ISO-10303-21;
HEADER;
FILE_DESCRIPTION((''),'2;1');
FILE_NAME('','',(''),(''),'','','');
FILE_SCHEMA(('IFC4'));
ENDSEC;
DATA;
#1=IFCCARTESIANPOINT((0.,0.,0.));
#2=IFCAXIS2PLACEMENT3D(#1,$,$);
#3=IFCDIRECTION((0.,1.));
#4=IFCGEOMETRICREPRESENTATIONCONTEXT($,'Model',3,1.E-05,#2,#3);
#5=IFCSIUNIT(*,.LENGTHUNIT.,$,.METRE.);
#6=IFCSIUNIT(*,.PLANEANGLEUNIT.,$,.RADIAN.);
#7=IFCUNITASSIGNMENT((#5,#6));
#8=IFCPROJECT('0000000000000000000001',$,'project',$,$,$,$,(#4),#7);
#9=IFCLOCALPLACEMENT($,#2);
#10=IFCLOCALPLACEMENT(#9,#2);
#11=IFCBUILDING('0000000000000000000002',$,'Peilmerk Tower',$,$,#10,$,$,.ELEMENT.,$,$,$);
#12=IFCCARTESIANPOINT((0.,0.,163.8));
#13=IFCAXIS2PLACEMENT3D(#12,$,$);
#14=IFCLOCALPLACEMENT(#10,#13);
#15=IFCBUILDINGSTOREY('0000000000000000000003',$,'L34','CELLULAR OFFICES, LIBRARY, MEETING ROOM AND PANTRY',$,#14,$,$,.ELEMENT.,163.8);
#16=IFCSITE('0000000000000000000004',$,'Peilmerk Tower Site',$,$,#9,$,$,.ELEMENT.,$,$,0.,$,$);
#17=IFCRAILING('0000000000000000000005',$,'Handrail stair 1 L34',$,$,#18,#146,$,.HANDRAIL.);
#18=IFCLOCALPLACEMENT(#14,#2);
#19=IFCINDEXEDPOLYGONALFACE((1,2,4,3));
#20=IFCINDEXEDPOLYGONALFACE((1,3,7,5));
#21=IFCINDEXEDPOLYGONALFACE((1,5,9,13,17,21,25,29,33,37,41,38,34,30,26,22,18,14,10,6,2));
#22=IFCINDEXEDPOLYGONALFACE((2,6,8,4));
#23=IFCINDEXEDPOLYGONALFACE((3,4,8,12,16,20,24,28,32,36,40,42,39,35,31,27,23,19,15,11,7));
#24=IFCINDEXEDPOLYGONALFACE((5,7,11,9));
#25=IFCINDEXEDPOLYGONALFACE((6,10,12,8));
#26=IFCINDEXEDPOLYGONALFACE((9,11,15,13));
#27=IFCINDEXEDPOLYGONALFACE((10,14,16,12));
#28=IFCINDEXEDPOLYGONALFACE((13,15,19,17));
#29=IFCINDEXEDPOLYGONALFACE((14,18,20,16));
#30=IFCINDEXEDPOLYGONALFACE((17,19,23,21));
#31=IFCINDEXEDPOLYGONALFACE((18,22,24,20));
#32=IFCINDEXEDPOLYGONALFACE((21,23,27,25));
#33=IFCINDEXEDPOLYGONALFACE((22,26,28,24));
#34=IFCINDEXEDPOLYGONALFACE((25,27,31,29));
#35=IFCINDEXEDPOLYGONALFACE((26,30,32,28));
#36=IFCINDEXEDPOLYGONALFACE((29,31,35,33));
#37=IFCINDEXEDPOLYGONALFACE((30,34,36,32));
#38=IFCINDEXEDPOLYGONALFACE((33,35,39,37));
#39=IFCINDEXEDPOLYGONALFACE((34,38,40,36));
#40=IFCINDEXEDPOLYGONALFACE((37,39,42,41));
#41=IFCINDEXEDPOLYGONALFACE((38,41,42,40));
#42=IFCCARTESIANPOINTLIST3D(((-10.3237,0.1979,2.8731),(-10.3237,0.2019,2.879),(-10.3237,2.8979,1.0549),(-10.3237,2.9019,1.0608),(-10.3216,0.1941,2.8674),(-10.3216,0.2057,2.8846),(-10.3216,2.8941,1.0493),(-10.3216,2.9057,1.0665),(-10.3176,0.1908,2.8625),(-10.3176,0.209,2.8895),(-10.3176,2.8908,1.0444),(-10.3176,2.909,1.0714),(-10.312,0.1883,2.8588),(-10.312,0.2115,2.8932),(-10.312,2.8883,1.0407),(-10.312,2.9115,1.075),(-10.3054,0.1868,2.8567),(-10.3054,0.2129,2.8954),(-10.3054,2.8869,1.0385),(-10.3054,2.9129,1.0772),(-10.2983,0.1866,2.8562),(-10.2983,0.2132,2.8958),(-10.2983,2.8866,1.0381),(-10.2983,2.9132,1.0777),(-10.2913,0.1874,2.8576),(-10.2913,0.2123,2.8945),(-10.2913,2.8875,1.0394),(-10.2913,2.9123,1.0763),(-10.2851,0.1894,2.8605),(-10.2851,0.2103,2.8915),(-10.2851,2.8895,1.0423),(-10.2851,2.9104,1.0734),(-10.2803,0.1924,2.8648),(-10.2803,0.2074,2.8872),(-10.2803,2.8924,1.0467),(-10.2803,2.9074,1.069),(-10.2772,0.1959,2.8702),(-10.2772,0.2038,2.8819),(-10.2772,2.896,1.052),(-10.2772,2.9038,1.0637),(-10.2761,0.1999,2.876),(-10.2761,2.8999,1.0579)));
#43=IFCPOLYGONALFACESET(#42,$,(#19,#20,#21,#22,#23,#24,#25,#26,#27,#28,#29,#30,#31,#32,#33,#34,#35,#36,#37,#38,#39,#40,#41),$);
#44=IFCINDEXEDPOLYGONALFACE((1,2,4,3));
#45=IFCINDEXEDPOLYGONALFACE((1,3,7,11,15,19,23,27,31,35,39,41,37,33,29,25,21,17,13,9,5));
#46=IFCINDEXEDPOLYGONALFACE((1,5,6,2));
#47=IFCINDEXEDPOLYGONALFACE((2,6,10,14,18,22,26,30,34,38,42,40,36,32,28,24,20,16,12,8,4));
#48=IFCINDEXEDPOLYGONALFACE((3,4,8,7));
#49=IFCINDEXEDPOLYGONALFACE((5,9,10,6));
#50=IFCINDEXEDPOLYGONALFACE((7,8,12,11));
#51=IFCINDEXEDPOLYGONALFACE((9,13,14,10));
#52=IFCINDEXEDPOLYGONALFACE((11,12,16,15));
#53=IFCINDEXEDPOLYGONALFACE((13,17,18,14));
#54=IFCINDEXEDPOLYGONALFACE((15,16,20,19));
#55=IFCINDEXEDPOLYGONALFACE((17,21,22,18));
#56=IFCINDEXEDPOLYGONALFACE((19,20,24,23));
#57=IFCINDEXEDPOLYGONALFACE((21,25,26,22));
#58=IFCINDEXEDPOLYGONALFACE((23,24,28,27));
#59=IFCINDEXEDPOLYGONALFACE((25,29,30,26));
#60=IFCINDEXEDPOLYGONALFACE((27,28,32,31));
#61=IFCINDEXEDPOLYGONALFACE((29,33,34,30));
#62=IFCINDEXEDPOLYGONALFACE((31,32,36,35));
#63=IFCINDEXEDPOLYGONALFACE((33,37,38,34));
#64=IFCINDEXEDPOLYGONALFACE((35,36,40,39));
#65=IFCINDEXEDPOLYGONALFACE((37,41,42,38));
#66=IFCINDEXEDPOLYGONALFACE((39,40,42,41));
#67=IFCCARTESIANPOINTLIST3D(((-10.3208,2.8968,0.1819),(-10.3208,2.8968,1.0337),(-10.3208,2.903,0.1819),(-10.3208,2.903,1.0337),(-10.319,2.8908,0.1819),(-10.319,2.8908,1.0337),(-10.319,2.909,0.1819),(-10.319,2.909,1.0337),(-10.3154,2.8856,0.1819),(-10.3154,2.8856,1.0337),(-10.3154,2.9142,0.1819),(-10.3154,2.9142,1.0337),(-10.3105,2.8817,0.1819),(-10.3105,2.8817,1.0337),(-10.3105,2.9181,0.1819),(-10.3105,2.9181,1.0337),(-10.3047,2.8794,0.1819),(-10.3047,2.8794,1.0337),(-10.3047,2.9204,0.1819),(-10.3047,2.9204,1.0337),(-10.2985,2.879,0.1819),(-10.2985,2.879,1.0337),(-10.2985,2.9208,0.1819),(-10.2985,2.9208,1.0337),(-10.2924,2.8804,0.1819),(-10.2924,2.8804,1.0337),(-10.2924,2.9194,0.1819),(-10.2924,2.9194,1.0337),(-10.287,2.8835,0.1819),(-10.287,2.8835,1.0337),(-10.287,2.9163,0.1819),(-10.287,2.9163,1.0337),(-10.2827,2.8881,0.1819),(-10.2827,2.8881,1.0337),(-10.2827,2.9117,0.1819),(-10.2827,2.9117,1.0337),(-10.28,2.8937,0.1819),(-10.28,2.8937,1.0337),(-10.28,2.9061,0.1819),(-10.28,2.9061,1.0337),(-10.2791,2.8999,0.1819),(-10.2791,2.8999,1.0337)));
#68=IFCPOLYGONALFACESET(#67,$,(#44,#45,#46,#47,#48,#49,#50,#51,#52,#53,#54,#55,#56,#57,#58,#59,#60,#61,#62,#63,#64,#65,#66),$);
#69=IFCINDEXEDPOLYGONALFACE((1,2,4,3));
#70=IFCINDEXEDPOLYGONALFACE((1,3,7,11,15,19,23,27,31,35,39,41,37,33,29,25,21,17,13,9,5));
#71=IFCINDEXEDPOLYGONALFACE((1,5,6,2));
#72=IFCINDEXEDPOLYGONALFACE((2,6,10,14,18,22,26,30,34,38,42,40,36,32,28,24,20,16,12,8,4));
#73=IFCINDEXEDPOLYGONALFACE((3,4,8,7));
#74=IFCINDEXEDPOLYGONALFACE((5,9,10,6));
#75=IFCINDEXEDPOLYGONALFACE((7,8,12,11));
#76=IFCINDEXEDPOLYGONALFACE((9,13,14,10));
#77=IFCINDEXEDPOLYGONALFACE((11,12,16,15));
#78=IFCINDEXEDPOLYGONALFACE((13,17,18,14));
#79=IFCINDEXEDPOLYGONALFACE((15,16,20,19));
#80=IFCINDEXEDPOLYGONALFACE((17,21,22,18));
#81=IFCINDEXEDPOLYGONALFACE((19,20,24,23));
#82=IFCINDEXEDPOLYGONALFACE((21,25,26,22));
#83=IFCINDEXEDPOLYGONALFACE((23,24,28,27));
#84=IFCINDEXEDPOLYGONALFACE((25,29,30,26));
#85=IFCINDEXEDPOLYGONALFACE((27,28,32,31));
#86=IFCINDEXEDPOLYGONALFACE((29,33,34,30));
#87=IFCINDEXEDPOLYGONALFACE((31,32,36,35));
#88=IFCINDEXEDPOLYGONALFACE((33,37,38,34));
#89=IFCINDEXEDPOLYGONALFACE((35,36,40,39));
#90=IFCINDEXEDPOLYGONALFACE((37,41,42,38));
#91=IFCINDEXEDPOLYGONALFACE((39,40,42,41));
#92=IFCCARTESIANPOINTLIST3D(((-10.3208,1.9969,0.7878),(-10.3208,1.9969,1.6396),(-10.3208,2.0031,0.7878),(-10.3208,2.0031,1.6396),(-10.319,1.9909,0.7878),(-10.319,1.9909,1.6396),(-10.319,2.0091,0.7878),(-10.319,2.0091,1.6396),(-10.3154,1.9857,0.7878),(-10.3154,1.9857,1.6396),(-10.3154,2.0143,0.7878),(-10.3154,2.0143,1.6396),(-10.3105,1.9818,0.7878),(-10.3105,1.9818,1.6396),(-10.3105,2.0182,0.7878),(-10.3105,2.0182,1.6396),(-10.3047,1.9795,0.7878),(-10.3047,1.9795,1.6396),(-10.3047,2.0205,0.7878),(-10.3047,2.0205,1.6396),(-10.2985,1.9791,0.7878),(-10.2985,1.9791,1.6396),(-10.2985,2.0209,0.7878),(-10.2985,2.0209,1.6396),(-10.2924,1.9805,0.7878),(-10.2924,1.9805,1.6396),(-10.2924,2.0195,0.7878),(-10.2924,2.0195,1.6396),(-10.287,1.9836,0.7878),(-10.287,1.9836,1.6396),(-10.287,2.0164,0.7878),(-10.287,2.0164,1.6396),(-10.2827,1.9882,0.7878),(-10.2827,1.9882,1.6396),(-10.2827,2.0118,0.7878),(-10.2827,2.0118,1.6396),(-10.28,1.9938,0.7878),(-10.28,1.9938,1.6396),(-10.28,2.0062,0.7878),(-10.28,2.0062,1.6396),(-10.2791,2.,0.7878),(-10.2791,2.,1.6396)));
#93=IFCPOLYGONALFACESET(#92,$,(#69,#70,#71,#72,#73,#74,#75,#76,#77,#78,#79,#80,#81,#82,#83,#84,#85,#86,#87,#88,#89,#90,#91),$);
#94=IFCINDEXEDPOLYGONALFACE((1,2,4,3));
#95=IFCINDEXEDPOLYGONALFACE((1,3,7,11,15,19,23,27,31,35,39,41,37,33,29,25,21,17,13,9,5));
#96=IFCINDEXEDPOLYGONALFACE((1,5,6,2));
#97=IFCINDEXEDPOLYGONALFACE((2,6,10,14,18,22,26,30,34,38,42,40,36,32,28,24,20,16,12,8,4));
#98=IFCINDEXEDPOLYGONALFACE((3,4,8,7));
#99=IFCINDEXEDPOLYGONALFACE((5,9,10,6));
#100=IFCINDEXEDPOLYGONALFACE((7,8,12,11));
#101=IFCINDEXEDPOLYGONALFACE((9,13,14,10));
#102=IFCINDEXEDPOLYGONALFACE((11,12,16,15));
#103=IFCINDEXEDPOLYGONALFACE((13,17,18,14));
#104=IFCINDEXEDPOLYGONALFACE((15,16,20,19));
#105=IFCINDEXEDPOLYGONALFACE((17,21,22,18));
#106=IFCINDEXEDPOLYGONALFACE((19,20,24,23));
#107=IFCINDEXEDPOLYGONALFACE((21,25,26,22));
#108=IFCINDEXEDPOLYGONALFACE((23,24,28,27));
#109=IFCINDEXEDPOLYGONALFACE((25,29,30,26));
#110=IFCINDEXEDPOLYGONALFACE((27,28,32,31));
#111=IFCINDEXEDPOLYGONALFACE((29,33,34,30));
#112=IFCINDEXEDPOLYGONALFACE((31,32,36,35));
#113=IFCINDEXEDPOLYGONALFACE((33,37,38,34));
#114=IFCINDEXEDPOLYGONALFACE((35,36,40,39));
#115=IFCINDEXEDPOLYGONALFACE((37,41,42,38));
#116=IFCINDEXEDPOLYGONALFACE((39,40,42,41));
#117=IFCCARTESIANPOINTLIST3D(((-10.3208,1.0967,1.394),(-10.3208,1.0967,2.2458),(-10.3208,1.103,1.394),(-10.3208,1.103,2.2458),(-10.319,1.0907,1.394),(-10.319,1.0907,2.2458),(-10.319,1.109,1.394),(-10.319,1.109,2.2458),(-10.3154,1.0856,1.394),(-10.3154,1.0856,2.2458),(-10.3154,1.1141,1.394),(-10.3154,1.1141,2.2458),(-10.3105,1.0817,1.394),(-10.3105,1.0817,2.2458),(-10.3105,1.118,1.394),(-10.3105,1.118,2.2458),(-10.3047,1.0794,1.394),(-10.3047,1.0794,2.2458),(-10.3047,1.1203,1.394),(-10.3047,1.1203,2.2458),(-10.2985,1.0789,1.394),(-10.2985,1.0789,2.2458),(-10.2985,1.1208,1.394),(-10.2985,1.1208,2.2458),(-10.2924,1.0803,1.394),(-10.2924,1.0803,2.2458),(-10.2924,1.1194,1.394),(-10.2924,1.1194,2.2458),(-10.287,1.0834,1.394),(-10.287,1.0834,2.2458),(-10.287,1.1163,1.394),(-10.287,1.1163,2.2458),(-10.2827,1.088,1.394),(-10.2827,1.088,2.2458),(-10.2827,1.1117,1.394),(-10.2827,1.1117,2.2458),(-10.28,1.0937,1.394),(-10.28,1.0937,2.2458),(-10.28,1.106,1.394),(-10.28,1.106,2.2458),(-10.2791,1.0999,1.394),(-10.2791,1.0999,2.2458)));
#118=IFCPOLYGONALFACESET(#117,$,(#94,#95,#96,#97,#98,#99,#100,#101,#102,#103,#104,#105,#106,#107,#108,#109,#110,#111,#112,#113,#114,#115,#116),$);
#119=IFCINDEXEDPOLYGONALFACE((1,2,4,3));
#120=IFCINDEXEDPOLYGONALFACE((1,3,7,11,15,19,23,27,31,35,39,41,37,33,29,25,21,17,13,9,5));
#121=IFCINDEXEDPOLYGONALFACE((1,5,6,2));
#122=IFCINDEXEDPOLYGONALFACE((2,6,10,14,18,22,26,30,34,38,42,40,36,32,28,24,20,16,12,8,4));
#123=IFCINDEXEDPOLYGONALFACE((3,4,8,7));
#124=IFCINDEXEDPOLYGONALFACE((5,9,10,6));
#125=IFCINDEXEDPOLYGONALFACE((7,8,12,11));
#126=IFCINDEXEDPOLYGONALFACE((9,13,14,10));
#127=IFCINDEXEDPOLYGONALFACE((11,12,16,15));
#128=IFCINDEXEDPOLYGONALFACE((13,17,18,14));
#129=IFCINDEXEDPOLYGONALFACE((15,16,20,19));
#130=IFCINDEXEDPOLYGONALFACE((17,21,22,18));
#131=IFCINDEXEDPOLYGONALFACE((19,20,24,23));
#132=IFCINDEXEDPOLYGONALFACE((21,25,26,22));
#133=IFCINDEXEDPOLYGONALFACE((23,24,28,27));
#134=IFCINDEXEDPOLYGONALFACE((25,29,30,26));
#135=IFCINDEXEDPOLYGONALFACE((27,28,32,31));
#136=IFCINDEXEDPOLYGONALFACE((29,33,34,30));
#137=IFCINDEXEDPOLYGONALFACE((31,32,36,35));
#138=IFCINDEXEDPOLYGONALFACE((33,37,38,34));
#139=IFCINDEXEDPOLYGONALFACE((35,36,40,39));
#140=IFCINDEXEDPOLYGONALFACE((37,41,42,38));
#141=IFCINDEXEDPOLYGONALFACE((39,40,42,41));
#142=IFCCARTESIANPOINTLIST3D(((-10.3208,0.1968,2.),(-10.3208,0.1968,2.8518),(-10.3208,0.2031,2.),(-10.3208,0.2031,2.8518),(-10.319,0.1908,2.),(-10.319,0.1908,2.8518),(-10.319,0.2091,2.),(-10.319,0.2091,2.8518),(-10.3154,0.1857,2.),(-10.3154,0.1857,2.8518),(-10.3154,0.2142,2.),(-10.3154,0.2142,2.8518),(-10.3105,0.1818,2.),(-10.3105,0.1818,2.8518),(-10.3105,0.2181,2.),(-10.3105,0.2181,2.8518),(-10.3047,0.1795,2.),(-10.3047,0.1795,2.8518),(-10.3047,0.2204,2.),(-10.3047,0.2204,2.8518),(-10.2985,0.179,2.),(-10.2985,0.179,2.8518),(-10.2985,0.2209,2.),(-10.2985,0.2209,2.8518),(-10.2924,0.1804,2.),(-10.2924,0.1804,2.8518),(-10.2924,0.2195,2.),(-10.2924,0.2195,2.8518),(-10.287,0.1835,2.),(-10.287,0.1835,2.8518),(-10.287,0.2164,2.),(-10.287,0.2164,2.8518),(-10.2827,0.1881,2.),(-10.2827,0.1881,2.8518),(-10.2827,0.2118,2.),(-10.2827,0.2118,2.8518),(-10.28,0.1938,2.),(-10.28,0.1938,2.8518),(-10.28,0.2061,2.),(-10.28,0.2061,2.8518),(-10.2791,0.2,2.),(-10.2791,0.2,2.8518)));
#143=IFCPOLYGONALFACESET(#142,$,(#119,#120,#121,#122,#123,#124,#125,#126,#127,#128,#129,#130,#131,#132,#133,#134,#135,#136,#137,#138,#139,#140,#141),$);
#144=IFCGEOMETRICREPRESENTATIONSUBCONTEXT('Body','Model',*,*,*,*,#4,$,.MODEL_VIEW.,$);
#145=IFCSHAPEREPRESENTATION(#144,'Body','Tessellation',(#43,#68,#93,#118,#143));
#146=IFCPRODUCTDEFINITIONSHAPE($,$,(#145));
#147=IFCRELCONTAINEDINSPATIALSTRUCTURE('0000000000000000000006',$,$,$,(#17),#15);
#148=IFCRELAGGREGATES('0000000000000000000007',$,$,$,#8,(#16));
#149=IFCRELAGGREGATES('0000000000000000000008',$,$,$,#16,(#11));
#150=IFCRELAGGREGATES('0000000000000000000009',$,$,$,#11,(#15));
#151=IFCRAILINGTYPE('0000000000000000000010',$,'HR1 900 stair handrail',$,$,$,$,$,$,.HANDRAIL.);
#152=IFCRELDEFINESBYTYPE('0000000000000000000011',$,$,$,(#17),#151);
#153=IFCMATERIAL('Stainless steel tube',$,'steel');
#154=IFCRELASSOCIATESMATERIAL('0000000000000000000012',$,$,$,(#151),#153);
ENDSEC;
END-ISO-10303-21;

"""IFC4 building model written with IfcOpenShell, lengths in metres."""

from ifc_helpers import new_model, si_unit, direction, frame, origin, origin_2d, place, context, subcontext, project, spatial, circle, extrude, material, type_object, element, save


model = new_model("IFC4")

# Units and contexts
model_context = context("Model", 3, precision=1e-05, world=origin(), true_north=direction((0.0, 1.0)))
body_context = subcontext(model_context, "Body", "Model", "MODEL_VIEW")
ifc_project = project(units=[si_unit("LENGTHUNIT", "METRE"), si_unit("PLANEANGLEUNIT", "RADIAN")], contexts=[model_context])

# Site, building, storey
site_placement = place(None, origin())
site = spatial("IfcSite", under=ifc_project, at=site_placement, Name="Peilmerk Tower Site", CompositionType="ELEMENT", RefElevation=0.0)
building_placement = place(site_placement, origin())
building = spatial("IfcBuilding", under=site, at=building_placement, Name="Peilmerk Tower", CompositionType="ELEMENT")
storey_placement = place(building_placement, frame((0.0, 0.0, 163.8)))
storey = spatial("IfcBuildingStorey", under=building, at=storey_placement, Name="L34", Description="CELLULAR OFFICES, LIBRARY, MEETING ROOM AND PANTRY", CompositionType="ELEMENT", Elevation=163.8)

# Railing
ifc_material_1 = material(Name="Stainless steel tube", Category="steel")
railing_type_1 = type_object("IfcRailingType", Name="HR1 900 stair handrail", PredefinedType="HANDRAIL", material=ifc_material_1)
railing_1_placement = place(storey_placement, frame((-10.3, 2.8999, 0.1819)))
element("IfcRailing", 1, at=railing_1_placement, inside=storey, type_object=railing_type_1, Name="Handrail stair 1 L34", PredefinedType="HANDRAIL", context=body_context, shape_type="SweptSolid", body=[
    extrude(circle(Radius=0.0239, at=origin_2d()), frame((0.0, 0.0, 0.876), z_axis=(0.0, -0.829468, 0.558554), x_axis=(1.0, 0.0, 0.0)), (0.0, 0.0, 1.0), 3.2551),
    extrude(circle(Radius=0.021, at=origin_2d()), origin(), (0.0, 0.0, 1.0), 0.8518),
    extrude(circle(Radius=0.021, at=origin_2d()), frame((0.0, -0.8999, 0.606)), (0.0, 0.0, 1.0), 0.8518),
    extrude(circle(Radius=0.021, at=origin_2d()), frame((0.0, -1.8, 1.2122)), (0.0, 0.0, 1.0), 0.8518),
    extrude(circle(Radius=0.021, at=origin_2d()), frame((0.0, -2.7, 1.8181)), (0.0, 0.0, 1.0), 0.8518),
])

save(model, "model.ifc")
